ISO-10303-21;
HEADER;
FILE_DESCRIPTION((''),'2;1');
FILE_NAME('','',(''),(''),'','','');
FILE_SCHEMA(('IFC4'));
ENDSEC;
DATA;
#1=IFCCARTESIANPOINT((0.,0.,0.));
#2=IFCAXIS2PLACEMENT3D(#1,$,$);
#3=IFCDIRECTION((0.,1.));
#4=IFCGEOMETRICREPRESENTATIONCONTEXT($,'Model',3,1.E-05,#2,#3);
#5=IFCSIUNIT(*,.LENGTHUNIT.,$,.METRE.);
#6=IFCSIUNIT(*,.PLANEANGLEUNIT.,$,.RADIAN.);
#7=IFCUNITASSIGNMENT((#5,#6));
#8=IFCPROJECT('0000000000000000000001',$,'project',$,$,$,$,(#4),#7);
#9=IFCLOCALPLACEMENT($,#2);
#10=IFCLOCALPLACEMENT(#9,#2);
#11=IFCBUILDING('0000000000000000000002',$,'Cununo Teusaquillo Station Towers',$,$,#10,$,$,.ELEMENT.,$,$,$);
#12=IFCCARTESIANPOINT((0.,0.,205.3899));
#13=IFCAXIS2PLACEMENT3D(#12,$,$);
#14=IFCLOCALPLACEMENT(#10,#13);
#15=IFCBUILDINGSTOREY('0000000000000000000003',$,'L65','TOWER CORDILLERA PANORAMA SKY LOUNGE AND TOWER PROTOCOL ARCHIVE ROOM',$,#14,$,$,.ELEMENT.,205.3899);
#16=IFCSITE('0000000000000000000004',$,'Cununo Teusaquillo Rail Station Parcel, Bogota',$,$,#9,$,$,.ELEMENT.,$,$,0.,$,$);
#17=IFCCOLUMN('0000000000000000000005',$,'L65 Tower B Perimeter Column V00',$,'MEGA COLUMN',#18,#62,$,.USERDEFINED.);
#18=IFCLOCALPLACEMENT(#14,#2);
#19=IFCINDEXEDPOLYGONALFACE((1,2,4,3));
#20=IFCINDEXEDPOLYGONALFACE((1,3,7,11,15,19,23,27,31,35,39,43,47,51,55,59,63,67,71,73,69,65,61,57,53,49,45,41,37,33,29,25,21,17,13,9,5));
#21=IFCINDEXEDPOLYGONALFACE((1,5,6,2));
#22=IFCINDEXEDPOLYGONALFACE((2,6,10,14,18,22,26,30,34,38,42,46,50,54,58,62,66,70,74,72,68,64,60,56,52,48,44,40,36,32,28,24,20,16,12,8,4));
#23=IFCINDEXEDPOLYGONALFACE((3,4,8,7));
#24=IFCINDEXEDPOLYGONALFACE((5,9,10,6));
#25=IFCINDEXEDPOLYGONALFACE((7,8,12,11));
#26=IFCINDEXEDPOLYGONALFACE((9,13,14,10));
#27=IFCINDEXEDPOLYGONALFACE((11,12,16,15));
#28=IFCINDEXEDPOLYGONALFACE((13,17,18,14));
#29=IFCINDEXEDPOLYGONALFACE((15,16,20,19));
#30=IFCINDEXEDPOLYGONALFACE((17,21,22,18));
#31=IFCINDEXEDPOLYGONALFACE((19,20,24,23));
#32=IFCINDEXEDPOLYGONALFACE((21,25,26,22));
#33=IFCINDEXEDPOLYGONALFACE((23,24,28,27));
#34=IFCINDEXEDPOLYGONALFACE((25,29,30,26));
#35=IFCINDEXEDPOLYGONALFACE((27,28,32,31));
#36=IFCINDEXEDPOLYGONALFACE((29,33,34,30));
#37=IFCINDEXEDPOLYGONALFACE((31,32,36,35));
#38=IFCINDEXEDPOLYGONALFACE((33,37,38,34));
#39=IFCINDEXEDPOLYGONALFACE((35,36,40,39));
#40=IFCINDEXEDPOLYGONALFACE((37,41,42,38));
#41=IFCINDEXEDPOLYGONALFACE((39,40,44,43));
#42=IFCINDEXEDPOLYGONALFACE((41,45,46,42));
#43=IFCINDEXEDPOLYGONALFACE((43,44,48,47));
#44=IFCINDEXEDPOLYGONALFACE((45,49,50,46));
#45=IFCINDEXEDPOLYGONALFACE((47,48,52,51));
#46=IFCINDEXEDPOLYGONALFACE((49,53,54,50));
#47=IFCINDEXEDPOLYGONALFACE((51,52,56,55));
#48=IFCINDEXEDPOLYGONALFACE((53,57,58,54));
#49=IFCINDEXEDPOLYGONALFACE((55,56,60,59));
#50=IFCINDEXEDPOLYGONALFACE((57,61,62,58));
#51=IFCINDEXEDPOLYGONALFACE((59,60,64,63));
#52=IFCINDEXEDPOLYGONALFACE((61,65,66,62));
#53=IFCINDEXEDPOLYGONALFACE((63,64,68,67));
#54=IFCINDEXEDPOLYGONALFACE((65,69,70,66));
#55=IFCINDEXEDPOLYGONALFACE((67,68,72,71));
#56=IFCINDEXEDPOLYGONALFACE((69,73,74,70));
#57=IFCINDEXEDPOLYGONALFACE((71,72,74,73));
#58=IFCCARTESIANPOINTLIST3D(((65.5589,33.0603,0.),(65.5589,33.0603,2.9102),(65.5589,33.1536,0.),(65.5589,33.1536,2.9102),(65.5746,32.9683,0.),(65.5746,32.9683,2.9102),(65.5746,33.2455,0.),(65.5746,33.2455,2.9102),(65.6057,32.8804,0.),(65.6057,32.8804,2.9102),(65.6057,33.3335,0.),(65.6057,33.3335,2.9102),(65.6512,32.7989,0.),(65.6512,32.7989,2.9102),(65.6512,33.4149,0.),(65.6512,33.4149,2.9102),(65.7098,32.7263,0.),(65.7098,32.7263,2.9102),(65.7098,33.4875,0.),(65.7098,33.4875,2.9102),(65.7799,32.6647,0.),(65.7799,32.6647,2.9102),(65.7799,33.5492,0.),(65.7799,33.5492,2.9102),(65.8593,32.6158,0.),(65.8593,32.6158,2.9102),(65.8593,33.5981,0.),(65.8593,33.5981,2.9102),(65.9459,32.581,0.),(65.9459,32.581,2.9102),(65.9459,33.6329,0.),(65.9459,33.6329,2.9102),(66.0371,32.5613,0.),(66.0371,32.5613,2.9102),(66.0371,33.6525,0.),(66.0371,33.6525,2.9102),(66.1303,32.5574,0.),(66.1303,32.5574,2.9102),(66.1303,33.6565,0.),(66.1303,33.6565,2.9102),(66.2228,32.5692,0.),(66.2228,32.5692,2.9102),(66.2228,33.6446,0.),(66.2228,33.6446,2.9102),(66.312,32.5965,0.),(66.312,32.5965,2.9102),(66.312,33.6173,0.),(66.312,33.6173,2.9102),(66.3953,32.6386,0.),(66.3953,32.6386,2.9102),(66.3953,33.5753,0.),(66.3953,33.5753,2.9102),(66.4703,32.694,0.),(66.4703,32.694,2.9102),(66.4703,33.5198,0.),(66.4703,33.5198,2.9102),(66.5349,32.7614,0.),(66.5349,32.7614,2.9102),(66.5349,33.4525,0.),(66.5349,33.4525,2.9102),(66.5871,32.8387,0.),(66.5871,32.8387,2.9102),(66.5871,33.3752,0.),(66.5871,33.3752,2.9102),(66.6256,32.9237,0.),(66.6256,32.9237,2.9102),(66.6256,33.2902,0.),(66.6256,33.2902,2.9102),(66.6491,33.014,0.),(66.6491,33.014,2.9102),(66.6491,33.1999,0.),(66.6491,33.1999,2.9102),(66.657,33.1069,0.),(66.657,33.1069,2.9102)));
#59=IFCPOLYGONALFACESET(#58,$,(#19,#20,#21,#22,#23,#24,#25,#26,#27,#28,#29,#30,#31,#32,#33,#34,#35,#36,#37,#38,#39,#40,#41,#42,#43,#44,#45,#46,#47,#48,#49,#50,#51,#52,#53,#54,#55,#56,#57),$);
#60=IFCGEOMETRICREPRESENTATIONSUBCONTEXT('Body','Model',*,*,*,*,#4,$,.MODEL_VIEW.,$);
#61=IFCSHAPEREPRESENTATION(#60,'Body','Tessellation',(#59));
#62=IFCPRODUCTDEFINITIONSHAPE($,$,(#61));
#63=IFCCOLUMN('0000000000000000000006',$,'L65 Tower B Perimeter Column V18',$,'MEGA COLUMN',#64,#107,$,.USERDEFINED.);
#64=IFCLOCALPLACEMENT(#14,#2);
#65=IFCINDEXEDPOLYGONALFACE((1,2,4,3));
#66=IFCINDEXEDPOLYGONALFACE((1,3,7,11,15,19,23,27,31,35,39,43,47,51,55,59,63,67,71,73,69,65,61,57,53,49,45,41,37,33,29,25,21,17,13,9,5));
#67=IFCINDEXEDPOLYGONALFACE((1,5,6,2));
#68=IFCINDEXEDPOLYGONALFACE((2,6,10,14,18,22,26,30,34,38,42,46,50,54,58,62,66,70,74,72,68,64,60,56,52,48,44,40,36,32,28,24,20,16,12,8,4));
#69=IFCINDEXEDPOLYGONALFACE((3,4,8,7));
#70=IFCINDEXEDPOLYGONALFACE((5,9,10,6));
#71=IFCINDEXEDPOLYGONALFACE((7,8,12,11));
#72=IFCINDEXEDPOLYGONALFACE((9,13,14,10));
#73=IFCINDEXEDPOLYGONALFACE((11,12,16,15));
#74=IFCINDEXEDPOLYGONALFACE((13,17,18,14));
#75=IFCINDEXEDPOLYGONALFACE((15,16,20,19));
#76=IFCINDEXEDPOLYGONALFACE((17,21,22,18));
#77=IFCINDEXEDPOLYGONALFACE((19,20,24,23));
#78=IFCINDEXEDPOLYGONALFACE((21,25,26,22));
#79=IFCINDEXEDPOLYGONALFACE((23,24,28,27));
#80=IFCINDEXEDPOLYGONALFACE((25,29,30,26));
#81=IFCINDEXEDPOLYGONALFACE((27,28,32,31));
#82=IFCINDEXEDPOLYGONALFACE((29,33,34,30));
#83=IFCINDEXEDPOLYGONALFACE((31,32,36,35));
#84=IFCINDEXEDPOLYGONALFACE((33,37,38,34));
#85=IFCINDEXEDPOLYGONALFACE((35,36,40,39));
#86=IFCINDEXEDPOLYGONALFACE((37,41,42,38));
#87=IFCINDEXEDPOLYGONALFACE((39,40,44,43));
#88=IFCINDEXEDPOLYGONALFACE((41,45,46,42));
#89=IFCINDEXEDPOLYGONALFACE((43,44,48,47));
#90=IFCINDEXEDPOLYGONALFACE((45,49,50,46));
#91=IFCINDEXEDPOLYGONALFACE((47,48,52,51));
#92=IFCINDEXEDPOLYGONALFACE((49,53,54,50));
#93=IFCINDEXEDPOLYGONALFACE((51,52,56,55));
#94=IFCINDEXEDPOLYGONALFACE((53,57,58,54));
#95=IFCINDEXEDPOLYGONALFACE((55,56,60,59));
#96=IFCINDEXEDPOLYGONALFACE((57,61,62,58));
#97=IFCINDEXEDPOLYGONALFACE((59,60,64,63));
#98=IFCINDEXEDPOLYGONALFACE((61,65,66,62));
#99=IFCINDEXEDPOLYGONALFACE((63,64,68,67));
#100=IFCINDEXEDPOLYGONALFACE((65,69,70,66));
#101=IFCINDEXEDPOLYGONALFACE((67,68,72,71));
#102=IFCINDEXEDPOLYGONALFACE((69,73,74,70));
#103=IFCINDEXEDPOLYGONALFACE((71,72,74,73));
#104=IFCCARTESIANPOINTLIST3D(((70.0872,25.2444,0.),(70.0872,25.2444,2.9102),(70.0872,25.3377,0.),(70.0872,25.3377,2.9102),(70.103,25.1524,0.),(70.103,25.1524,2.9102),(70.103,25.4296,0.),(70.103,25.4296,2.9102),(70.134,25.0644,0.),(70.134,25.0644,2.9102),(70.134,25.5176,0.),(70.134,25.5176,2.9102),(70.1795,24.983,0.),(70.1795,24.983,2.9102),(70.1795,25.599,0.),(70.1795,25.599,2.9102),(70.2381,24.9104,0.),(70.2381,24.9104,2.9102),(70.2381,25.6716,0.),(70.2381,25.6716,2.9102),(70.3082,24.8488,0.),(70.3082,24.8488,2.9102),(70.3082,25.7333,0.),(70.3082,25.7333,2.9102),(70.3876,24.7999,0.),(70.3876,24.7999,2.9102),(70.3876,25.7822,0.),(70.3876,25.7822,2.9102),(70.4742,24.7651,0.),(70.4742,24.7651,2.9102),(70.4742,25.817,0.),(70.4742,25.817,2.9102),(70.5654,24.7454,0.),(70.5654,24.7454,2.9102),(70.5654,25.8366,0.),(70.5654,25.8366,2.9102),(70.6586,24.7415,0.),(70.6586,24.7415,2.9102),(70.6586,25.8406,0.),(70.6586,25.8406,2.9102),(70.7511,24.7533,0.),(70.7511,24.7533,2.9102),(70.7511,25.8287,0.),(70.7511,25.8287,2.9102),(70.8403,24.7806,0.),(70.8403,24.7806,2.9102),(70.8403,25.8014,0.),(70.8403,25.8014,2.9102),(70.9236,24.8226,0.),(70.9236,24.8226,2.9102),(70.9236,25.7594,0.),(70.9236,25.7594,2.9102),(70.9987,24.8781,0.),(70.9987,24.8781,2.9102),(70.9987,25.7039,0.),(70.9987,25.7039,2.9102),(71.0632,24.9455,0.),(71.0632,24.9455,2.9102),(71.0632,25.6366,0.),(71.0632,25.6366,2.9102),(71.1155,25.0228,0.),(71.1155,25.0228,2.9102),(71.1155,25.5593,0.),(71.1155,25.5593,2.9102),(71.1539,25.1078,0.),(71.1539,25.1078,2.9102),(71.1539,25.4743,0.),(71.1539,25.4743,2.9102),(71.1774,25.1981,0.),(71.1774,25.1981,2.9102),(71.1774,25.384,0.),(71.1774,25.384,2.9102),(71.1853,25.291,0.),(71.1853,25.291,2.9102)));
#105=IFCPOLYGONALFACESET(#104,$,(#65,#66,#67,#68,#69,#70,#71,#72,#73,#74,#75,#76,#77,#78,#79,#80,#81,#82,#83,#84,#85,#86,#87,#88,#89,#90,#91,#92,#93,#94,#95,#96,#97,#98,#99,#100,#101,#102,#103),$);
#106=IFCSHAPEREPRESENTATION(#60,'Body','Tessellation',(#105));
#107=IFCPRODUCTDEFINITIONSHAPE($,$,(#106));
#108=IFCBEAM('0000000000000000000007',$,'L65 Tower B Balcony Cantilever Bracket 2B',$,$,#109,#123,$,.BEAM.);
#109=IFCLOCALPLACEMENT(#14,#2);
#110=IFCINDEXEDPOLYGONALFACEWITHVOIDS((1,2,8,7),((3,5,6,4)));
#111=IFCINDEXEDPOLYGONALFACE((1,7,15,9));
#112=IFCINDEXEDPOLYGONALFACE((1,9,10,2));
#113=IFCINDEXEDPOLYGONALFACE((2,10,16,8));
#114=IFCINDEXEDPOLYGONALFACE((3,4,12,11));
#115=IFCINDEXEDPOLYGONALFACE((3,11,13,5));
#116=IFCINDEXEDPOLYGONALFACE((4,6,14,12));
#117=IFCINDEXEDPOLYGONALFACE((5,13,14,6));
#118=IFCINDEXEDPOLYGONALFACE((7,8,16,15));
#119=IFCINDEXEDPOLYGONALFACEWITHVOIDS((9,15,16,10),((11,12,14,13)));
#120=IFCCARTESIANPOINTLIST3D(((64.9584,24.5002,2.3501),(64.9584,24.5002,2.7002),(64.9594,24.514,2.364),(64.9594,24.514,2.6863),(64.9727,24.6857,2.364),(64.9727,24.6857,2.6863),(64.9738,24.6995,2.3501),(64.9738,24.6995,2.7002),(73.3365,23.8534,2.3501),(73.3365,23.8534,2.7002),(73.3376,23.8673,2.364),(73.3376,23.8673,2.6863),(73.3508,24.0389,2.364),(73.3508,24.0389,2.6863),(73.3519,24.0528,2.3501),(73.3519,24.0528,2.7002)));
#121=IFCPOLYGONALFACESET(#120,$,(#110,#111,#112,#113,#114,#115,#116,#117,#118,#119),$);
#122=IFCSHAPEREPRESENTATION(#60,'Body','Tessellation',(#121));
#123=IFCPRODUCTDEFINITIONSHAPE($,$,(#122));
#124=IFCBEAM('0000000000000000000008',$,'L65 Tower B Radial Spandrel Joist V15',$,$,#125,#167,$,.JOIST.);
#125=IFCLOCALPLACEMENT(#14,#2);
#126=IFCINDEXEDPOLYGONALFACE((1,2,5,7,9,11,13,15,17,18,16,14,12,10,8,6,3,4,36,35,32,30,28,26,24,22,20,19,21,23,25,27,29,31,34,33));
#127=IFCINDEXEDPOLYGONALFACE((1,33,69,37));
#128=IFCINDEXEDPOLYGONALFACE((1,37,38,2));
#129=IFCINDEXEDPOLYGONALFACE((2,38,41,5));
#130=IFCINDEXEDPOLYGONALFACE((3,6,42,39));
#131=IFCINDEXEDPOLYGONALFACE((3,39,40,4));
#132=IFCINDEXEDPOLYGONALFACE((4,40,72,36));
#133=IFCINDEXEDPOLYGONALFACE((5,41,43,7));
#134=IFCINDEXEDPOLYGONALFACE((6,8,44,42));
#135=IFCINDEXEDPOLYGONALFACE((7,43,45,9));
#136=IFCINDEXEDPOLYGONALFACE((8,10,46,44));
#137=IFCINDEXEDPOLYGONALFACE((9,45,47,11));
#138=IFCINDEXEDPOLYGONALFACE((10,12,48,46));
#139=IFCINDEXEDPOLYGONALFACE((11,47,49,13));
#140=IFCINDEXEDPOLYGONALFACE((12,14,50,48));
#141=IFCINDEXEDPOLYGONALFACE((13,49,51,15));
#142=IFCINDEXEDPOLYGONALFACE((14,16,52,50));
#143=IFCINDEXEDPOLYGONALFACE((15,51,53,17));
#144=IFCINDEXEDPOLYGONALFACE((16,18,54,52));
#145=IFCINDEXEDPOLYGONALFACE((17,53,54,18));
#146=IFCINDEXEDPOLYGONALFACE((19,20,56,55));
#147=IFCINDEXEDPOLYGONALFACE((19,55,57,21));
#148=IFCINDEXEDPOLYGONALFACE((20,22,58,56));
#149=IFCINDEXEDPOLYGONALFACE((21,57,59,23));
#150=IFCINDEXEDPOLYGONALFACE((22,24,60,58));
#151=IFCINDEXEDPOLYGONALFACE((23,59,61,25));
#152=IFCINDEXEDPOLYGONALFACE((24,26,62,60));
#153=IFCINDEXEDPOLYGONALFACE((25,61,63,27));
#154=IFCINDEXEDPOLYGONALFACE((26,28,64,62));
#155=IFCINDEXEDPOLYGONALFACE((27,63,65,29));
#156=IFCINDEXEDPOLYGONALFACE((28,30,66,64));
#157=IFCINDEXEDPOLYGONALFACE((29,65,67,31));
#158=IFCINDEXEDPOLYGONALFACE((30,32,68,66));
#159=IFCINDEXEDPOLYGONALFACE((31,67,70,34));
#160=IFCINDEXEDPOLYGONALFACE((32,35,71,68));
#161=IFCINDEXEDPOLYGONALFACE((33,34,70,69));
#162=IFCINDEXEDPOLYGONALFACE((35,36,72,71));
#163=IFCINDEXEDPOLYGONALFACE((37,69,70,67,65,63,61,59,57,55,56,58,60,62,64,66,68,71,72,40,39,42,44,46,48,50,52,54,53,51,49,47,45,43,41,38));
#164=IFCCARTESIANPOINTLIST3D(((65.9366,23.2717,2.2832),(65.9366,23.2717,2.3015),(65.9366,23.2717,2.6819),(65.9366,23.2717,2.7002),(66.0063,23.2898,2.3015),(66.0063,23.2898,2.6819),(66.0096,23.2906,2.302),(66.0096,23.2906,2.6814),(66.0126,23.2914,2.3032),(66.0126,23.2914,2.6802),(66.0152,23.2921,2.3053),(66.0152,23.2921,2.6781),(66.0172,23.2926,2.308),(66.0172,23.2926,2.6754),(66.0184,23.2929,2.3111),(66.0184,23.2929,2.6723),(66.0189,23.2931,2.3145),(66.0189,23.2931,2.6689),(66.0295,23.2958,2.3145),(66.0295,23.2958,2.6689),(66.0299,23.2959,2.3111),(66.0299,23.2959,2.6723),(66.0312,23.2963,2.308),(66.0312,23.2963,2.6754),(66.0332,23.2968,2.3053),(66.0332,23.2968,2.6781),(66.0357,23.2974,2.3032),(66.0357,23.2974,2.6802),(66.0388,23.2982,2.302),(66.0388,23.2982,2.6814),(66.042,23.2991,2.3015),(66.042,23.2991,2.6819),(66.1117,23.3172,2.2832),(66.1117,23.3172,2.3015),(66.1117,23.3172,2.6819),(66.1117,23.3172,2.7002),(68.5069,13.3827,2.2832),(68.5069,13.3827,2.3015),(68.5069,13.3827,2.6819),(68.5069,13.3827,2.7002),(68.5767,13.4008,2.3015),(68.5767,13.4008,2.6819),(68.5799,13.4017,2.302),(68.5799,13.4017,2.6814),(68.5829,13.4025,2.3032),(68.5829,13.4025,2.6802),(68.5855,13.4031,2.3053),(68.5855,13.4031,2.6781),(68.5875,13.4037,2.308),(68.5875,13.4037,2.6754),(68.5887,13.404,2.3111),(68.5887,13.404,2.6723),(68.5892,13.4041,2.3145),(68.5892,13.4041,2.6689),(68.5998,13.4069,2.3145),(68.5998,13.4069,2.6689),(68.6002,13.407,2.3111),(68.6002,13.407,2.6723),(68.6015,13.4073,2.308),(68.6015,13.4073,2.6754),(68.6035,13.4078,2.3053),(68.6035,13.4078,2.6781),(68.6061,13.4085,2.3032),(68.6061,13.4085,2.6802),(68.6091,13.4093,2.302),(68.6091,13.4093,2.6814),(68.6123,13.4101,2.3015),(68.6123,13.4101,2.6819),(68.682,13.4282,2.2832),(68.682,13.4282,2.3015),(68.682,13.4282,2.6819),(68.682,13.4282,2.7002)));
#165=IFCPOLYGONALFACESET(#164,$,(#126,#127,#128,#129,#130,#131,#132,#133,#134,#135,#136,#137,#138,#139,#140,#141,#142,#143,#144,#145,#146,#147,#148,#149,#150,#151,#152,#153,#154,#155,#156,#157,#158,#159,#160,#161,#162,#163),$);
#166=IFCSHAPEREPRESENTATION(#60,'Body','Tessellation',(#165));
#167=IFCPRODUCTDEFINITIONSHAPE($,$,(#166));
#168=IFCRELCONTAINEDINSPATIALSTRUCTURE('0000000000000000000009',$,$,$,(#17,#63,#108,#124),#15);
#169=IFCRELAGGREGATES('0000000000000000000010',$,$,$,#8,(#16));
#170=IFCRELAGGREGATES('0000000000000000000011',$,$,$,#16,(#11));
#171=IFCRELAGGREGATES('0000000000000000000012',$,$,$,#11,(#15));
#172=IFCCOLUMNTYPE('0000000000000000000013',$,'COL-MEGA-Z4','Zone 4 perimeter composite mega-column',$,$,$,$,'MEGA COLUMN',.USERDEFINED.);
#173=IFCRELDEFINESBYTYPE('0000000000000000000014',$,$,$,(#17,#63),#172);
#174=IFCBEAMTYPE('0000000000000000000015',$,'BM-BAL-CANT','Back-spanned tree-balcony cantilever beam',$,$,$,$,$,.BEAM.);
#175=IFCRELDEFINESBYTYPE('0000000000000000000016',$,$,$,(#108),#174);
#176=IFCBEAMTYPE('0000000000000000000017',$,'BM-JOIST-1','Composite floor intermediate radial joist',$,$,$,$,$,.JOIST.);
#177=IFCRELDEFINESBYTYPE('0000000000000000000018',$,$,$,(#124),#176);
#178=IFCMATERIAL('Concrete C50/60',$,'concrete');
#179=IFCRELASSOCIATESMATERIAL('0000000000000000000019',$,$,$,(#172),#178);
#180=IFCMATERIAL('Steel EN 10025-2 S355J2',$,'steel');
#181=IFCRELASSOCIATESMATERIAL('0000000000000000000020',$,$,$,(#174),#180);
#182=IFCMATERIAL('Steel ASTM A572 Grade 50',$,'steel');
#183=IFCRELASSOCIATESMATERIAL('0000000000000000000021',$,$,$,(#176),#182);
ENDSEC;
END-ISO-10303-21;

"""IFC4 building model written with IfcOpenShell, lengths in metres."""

from ifc_helpers import new_model, si_unit, direction, frame, origin, origin_2d, place, context, subcontext, project, spatial, hollow_rectangle, circle, i_section, extrude, material, material_profile, profile_set, type_object, element, save


model = new_model("IFC4")

# Units and contexts
model_context = context("Model", 3, precision=1e-05, world=origin(), true_north=direction((0.0, 1.0)))
body_context = subcontext(model_context, "Body", "Model", "MODEL_VIEW")
ifc_project = project(units=[si_unit("LENGTHUNIT", "METRE"), si_unit("PLANEANGLEUNIT", "RADIAN")], contexts=[model_context])

# Site, building, storey
site_placement = place(None, origin())
site = spatial("IfcSite", under=ifc_project, at=site_placement, Name="Cununo Teusaquillo Rail Station Parcel, Bogota", CompositionType="ELEMENT", RefElevation=0.0)
building_placement = place(site_placement, origin())
building = spatial("IfcBuilding", under=site, at=building_placement, Name="Cununo Teusaquillo Station Towers", CompositionType="ELEMENT")
storey_placement = place(building_placement, frame((0.0, 0.0, 205.3899)))
storey = spatial("IfcBuildingStorey", under=building, at=storey_placement, Name="L65", Description="TOWER CORDILLERA PANORAMA SKY LOUNGE AND TOWER PROTOCOL ARCHIVE ROOM", CompositionType="ELEMENT", Elevation=205.3899)

# Columns
ifc_material_1 = material(Name="Concrete C50/60", Category="concrete")
ifc_material_profile_1 = material_profile(ifc_material_1, circle(Radius=0.55, at=origin_2d()), Name="RC-CIRC-1100")
ifc_profile_set_1 = profile_set([ifc_material_profile_1], Name="Concrete C50/60")
column_type = type_object("IfcColumnType", Name="COL-MEGA-Z4", Description="Zone 4 perimeter composite mega-column", ElementType="MEGA COLUMN", PredefinedType="USERDEFINED", material=ifc_profile_set_1)
for number, where, z_axis, x_axis, name in (
    (1, (66.1069, 33.1069, 0.0), (0.0, 0.0, 1.0), (1.0, 0.0, 0.0), "L65 Tower B Perimeter Column V00"),
    (2, (70.6353, 25.291, 0.0), (0.0, 0.0, 1.0), (1.0, 0.0, 0.0), "L65 Tower B Perimeter Column V18"),
):
    element("IfcColumn", number, at=place(storey_placement, frame(where, z_axis=z_axis, x_axis=x_axis)), inside=storey, type_object=column_type, Name=name, ObjectType="MEGA COLUMN", PredefinedType="USERDEFINED", context=body_context, shape_type="SweptSolid", body=[
        extrude(circle(Radius=0.55, at=origin_2d()), origin(), (0.0, 0.0, 1.0), 2.9102),
    ])

# Beams
ifc_material_2 = material(Name="Steel EN 10025-2 S355J2", Category="steel")
ifc_material_profile_2 = material_profile(ifc_material_2, hollow_rectangle(XDim=0.2, YDim=0.3501, WallThickness=0.0139, at=origin_2d()), Name="RHS 350x200x14")
ifc_profile_set_2 = profile_set([ifc_material_profile_2], Name="Steel EN 10025-2 S355J2")
beam_type_1 = type_object("IfcBeamType", Name="BM-BAL-CANT", Description="Back-spanned tree-balcony cantilever beam", PredefinedType="BEAM", material=ifc_profile_set_2)
beam_1_placement = place(storey_placement, frame((64.9661, 24.5999, 2.5251), z_axis=(0.997034, -0.076963, 0.0), x_axis=(0.076963, 0.997034, 0.0)))
element("IfcBeam", 3, at=beam_1_placement, inside=storey, type_object=beam_type_1, Name="L65 Tower B Balcony Cantilever Bracket 2B", PredefinedType="BEAM", context=body_context, shape_type="SweptSolid", body=[
    extrude(hollow_rectangle(XDim=0.2, YDim=0.3501, WallThickness=0.0139, at=origin_2d()), origin(), (0.0, 0.0, 1.0), 8.4031),
])
ifc_material_3 = material(Name="Steel ASTM A572 Grade 50", Category="steel")
ifc_material_profile_3 = material_profile(ifc_material_3, i_section(OverallWidth=0.1809, OverallDepth=0.417, WebThickness=0.011, FlangeThickness=0.0183, FilletRadius=0.0129, at=origin_2d()), Name="W16X57")
ifc_profile_set_3 = profile_set([ifc_material_profile_3], Name="Steel ASTM A572 Grade 50")
beam_type_2 = type_object("IfcBeamType", Name="BM-JOIST-1", Description="Composite floor intermediate radial joist", PredefinedType="JOIST", material=ifc_profile_set_3)
beam_2_placement = place(storey_placement, frame((66.0242, 23.2944, 2.4917), z_axis=(0.25156, -0.967842, 0.0), x_axis=(0.967842, 0.25156, 0.0)))
element("IfcBeam", 4, at=beam_2_placement, inside=storey, type_object=beam_type_2, Name="L65 Tower B Radial Spandrel Joist V15", PredefinedType="JOIST", context=body_context, shape_type="SweptSolid", body=[
    extrude(i_section(OverallWidth=0.1809, OverallDepth=0.417, WebThickness=0.011, FlangeThickness=0.0183, FilletRadius=0.0129, at=origin_2d()), origin(), (0.0, 0.0, 1.0), 10.2175),
])

save(model, "model.ifc")
